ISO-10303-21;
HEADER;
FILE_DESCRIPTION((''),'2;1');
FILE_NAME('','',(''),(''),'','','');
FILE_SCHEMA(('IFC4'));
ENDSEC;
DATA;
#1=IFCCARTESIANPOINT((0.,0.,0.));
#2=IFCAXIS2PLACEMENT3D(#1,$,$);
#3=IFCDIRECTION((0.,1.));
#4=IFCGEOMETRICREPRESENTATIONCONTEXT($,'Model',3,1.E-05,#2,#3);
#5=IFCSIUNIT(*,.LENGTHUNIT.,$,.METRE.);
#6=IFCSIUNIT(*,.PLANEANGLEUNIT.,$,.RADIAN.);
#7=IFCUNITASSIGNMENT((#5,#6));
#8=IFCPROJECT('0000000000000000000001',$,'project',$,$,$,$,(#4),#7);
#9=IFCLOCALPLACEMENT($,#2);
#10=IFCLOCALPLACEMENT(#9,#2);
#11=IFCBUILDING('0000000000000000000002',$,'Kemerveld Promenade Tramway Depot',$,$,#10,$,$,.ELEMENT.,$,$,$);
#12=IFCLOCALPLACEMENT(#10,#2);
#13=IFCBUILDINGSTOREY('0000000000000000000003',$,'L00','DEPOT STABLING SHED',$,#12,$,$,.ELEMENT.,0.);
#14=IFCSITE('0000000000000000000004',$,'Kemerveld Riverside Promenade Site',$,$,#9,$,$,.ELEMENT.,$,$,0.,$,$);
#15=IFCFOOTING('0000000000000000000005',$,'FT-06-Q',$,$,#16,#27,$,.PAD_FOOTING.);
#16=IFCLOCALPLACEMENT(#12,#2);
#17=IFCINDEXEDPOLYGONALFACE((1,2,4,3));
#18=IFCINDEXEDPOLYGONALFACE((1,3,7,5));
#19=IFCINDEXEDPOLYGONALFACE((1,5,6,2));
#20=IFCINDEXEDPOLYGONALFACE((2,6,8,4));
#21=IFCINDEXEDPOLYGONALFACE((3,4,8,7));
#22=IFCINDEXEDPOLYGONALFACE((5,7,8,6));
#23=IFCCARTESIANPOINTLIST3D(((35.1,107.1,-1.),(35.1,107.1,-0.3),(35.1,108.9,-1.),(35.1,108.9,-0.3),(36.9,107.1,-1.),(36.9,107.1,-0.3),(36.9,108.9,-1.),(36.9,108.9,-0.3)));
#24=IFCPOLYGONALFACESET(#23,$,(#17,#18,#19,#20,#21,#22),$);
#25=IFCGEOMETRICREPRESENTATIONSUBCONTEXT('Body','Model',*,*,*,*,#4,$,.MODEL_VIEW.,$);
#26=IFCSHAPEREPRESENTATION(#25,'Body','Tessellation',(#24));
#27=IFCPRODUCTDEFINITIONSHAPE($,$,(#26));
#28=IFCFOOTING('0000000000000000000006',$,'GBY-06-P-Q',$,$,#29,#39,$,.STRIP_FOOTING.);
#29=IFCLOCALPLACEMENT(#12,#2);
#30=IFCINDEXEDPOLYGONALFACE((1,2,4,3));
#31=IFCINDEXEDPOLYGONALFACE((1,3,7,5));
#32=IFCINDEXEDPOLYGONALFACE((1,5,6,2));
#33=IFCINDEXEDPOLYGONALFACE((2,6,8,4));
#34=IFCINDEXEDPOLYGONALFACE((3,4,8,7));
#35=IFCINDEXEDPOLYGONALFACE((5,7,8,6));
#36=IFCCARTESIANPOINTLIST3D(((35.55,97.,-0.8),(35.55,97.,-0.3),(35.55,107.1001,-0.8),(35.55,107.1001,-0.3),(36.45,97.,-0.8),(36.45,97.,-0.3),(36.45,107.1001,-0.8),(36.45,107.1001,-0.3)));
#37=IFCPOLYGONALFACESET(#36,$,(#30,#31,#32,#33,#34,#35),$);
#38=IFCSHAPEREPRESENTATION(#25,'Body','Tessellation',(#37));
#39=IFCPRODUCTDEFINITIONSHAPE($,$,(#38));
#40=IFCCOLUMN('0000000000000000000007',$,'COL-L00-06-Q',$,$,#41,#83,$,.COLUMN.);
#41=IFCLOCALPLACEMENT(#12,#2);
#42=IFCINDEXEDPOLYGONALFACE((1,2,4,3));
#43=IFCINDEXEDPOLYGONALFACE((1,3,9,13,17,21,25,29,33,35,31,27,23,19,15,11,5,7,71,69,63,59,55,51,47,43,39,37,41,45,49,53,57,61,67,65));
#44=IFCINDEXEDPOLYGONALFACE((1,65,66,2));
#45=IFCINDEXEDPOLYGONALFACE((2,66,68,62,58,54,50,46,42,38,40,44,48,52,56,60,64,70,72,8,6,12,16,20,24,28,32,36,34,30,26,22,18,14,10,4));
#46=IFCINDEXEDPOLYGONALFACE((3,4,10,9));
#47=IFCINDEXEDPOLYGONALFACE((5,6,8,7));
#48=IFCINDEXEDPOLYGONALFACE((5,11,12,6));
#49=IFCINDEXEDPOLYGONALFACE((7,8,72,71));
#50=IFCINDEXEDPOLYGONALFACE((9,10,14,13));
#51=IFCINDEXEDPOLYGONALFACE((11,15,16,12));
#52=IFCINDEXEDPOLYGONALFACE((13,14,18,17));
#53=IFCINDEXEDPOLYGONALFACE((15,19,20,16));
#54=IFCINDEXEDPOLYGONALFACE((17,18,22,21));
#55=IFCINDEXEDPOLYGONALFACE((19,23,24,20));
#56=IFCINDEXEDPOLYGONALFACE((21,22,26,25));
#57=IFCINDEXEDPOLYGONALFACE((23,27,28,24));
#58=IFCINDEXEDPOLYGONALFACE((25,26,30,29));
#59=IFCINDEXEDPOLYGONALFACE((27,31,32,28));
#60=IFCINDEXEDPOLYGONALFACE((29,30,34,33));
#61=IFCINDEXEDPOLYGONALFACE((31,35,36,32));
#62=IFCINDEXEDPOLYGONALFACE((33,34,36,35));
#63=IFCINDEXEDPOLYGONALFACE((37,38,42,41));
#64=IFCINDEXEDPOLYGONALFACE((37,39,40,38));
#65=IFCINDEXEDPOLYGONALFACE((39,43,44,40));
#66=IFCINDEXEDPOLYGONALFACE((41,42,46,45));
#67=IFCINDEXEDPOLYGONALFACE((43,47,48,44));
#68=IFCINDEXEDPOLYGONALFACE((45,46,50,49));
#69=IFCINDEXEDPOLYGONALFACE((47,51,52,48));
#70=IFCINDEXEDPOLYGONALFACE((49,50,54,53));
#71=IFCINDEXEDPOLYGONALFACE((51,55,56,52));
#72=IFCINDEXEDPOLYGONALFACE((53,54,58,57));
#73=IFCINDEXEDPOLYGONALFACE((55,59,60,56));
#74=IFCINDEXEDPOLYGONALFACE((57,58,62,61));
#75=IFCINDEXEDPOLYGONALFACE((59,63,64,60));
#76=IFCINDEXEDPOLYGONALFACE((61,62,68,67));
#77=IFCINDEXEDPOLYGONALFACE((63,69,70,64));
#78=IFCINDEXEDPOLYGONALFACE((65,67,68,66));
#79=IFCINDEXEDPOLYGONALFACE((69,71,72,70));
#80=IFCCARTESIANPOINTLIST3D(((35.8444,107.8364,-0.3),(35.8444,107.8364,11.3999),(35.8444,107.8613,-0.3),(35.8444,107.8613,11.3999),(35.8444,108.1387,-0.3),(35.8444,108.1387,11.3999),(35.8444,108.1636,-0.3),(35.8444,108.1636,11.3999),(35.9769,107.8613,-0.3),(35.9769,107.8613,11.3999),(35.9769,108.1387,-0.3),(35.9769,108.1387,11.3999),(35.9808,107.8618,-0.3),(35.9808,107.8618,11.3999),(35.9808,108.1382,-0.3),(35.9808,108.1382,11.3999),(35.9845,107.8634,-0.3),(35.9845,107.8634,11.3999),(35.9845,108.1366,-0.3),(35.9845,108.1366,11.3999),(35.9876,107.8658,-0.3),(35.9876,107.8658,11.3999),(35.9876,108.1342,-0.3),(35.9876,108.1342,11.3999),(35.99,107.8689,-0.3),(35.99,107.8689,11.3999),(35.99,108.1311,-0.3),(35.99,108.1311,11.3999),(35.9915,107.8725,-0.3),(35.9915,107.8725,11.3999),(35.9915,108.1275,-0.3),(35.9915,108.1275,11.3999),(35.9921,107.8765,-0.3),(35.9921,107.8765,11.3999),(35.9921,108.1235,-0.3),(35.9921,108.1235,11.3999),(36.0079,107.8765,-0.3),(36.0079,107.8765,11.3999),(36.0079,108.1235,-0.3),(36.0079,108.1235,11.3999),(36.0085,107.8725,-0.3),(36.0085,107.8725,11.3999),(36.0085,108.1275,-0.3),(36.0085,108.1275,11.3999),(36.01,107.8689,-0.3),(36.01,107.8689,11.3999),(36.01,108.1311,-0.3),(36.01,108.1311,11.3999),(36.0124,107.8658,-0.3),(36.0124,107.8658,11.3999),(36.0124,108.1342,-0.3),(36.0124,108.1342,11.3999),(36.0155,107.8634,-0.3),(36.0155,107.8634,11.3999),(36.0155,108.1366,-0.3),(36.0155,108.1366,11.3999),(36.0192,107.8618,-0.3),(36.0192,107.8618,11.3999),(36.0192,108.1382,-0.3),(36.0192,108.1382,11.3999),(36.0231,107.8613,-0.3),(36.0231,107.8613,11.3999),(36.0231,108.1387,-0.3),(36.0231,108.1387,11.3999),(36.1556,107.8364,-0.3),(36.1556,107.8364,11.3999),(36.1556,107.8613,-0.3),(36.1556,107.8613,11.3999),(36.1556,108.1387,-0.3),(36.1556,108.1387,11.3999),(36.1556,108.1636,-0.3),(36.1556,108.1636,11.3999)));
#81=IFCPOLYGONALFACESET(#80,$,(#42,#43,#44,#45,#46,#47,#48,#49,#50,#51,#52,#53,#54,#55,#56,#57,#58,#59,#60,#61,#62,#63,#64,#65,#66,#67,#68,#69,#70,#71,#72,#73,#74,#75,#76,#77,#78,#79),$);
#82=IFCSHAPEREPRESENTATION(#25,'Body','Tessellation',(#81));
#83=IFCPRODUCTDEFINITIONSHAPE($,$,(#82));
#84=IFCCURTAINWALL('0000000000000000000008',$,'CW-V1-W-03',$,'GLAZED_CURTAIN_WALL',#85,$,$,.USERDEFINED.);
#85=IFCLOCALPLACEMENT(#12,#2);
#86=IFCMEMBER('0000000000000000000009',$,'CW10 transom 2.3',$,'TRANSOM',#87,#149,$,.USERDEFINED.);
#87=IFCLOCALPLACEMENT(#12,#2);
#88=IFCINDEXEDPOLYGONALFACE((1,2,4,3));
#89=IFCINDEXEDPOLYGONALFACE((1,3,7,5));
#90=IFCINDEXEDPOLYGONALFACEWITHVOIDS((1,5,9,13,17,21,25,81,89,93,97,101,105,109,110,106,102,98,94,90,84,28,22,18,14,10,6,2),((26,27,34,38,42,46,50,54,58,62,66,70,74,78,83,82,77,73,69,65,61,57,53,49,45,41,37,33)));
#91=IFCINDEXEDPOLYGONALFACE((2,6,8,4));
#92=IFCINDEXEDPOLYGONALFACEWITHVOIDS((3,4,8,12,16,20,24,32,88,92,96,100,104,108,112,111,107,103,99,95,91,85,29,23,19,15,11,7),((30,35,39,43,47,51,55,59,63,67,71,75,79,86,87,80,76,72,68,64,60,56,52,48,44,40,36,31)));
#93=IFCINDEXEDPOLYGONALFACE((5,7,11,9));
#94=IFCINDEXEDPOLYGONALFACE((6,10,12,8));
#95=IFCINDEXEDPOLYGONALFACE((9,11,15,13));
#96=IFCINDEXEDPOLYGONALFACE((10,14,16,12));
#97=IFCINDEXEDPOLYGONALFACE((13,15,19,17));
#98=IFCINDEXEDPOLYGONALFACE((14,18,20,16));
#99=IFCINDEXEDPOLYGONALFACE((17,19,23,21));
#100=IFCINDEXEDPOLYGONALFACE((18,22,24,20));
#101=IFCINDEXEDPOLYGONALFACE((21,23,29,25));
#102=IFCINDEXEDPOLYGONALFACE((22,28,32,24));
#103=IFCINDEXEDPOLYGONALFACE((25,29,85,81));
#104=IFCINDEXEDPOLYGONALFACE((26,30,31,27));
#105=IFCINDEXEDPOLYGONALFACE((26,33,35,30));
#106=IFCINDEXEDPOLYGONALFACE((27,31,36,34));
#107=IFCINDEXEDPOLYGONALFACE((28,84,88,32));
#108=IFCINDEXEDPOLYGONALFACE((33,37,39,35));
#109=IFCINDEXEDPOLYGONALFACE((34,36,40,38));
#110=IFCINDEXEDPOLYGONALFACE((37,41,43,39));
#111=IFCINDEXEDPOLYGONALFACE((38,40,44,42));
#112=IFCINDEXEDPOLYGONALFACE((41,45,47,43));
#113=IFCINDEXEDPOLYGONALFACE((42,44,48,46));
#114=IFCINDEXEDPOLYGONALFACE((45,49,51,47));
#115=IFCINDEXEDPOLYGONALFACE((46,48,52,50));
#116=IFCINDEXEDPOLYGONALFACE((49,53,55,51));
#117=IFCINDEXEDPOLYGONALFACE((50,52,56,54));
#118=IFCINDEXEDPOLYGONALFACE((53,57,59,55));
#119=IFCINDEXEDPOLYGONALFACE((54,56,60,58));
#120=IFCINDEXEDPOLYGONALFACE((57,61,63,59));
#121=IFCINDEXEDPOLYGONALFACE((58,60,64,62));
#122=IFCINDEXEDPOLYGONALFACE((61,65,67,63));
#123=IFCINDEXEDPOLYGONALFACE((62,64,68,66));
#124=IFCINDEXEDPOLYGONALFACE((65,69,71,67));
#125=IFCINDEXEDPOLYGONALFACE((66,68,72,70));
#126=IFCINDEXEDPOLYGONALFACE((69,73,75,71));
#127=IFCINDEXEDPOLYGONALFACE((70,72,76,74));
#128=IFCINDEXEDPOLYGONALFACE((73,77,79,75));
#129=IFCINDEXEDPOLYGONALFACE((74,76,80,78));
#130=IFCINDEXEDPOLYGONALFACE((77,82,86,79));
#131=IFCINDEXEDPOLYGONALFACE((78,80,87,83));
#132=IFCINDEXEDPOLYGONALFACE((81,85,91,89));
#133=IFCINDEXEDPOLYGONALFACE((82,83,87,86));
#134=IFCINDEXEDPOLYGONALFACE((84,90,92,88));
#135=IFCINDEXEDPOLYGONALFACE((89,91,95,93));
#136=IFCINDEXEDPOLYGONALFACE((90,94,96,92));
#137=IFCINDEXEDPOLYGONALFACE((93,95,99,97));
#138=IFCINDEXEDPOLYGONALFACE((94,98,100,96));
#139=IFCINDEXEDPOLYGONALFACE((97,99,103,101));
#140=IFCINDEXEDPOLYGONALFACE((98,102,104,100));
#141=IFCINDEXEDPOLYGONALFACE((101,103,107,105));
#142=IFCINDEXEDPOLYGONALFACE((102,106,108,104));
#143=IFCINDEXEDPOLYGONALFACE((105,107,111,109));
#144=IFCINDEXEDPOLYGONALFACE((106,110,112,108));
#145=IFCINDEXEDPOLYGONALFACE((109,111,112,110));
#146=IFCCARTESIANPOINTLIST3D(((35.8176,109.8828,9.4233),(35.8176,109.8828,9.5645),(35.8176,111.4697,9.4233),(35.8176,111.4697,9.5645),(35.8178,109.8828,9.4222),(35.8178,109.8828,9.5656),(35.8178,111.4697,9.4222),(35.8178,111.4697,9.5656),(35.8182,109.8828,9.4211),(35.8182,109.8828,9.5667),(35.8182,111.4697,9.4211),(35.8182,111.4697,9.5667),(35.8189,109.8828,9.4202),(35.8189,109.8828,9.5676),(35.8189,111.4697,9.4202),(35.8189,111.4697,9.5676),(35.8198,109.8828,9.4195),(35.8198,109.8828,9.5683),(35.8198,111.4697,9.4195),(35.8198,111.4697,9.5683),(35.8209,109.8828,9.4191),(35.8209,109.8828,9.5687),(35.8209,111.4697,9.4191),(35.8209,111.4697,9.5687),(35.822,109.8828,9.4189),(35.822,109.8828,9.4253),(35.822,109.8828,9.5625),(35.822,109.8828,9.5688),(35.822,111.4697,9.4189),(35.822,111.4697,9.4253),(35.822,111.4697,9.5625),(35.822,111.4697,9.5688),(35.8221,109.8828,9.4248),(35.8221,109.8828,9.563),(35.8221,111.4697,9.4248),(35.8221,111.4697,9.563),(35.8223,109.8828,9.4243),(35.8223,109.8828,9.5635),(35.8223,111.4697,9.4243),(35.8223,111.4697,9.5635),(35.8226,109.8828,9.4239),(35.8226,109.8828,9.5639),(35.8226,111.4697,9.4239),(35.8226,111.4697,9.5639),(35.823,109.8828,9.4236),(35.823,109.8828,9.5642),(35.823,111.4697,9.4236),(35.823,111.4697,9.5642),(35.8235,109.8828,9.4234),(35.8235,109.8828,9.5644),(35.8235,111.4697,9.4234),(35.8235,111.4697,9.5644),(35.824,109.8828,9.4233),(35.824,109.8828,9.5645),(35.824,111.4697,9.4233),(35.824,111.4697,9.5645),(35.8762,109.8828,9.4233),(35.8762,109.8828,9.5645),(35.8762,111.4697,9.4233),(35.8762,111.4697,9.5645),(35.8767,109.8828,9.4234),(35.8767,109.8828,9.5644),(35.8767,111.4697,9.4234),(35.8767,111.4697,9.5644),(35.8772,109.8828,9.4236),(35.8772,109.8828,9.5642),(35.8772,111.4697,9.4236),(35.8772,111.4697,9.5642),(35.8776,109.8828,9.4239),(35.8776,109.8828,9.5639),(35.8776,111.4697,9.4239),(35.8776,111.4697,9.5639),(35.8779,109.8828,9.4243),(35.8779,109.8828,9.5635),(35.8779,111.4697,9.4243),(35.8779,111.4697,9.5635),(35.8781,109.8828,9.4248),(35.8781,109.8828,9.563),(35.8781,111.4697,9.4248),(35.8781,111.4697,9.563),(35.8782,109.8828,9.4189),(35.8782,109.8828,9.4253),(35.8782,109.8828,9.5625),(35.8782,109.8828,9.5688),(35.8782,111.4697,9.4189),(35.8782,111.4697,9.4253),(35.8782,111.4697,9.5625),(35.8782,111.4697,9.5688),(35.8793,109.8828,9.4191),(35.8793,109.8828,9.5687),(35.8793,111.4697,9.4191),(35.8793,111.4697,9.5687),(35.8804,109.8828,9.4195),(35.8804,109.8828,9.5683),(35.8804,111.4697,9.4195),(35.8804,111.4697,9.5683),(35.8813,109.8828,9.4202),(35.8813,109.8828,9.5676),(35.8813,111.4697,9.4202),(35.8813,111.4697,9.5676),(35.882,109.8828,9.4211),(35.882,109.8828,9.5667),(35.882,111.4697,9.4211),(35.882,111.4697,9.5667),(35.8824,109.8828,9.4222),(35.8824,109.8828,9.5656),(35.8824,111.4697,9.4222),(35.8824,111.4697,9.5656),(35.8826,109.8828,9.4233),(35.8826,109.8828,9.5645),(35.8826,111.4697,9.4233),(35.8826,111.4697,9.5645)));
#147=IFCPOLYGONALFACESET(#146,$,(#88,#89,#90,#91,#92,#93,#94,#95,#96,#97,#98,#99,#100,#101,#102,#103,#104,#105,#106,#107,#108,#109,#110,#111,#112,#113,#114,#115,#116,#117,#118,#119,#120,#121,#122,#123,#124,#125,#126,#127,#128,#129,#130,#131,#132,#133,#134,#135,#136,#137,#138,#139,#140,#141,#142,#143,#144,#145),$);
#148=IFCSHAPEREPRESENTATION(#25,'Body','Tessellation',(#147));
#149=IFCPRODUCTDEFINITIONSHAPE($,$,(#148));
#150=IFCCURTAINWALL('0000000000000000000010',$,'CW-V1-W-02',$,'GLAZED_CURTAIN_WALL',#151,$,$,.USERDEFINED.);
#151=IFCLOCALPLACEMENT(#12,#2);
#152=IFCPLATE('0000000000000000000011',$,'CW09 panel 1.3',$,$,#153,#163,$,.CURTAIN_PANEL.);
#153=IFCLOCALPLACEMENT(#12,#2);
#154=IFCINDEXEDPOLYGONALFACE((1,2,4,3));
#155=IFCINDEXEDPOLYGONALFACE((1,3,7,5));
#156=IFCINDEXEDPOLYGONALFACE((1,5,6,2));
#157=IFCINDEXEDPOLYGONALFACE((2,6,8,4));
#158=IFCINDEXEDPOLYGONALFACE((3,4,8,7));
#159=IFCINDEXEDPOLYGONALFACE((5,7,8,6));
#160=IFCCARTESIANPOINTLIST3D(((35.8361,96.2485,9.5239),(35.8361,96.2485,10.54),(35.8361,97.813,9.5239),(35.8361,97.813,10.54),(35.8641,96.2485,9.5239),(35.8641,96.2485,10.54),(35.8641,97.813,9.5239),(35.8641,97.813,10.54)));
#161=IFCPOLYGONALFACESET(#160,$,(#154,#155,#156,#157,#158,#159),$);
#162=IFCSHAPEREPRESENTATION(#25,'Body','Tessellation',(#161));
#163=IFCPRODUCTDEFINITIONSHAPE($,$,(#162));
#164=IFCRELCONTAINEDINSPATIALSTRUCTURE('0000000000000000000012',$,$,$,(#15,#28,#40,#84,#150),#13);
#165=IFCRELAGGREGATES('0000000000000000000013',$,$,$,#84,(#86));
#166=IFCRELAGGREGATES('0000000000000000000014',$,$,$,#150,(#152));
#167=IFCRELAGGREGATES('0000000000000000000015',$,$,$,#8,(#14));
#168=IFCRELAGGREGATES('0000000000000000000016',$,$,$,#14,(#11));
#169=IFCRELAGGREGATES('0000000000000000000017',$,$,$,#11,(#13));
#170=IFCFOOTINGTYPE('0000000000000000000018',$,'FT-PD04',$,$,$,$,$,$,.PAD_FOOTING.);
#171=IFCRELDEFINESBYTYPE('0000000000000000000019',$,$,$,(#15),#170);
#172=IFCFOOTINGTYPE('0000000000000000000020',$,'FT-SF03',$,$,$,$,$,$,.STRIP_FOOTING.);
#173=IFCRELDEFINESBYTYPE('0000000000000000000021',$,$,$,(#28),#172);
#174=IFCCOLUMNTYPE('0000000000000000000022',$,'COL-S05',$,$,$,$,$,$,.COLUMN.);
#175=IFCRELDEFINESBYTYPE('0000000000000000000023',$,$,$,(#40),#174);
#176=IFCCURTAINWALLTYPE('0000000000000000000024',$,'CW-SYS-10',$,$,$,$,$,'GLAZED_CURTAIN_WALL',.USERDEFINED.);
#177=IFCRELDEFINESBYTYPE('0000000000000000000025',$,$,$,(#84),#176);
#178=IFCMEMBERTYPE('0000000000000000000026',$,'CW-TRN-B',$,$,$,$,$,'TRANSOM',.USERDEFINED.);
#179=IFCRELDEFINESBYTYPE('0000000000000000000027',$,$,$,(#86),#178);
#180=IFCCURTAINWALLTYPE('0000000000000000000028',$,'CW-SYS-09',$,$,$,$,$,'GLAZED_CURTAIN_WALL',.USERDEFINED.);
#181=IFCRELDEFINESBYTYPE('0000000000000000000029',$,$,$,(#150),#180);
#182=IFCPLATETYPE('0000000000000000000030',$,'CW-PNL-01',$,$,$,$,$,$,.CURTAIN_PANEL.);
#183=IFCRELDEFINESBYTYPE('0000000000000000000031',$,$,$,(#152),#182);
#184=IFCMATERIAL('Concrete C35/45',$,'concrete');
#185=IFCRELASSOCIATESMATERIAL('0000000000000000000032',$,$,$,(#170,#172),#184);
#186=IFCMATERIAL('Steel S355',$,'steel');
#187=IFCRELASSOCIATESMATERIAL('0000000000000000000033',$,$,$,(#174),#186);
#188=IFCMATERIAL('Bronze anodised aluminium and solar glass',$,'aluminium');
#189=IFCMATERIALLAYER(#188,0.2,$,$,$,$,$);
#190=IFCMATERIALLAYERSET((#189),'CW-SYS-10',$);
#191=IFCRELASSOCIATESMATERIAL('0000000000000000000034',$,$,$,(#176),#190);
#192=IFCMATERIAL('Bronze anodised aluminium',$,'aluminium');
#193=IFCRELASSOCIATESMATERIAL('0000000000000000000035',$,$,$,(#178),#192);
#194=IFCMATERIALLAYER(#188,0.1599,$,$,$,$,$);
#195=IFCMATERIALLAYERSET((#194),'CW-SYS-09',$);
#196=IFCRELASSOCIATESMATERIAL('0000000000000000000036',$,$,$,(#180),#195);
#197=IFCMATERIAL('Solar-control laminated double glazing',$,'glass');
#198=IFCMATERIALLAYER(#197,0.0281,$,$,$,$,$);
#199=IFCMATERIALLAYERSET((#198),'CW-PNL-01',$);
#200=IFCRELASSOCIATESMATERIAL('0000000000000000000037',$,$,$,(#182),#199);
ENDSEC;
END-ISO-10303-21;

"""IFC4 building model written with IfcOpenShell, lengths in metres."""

from ifc_helpers import new_model, si_unit, direction, frame, origin, origin_2d, place, context, subcontext, project, spatial, rectangle, hollow_rectangle, i_section, extrude, material, layer, layer_set, material_profile, profile_set, type_object, element, aggregate, save


model = new_model("IFC4")

# Units and contexts
model_context = context("Model", 3, precision=1e-05, world=origin(), true_north=direction((0.0, 1.0)))
body_context = subcontext(model_context, "Body", "Model", "MODEL_VIEW")
ifc_project = project(units=[si_unit("LENGTHUNIT", "METRE"), si_unit("PLANEANGLEUNIT", "RADIAN")], contexts=[model_context])

# Site, building, storey
site_placement = place(None, origin())
site = spatial("IfcSite", under=ifc_project, at=site_placement, Name="Kemerveld Riverside Promenade Site", CompositionType="ELEMENT", RefElevation=0.0)
building_placement = place(site_placement, origin())
building = spatial("IfcBuilding", under=site, at=building_placement, Name="Kemerveld Promenade Tramway Depot", CompositionType="ELEMENT")
storey_placement = place(building_placement, origin())
storey = spatial("IfcBuildingStorey", under=building, at=storey_placement, Name="L00", Description="DEPOT STABLING SHED", CompositionType="ELEMENT", Elevation=0.0)

# Footings
ifc_material_1 = material(Name="Concrete C35/45", Category="concrete")
footing_type_1 = type_object("IfcFootingType", Name="FT-PD04", PredefinedType="PAD_FOOTING", material=ifc_material_1)
footing_1_placement = place(storey_placement, frame((36.0, 108.0, -1.0), z_axis=(0.0, 0.0, 1.0), x_axis=(1.0, 0.0, 0.0)))
element("IfcFooting", 1, at=footing_1_placement, inside=storey, type_object=footing_type_1, Name="FT-06-Q", PredefinedType="PAD_FOOTING", context=body_context, shape_type="SweptSolid", body=[
    extrude(rectangle(XDim=1.8, YDim=1.8, at=origin_2d()), origin(), (0.0, 0.0, 1.0), 0.7),
])
footing_type_2 = type_object("IfcFootingType", Name="FT-SF03", PredefinedType="STRIP_FOOTING", material=ifc_material_1)
footing_2_placement = place(storey_placement, frame((36.0, 102.05, -0.8), z_axis=(0.0, 0.0, 1.0), x_axis=(0.0, 1.0, 0.0)))
element("IfcFooting", 2, at=footing_2_placement, inside=storey, type_object=footing_type_2, Name="GBY-06-P-Q", PredefinedType="STRIP_FOOTING", context=body_context, shape_type="SweptSolid", body=[
    extrude(rectangle(XDim=10.1001, YDim=0.8999, at=origin_2d()), origin(), (0.0, 0.0, 1.0), 0.5),
])

# Column
ifc_material_2 = material(Name="Steel S355", Category="steel")
ifc_material_profile_1 = material_profile(ifc_material_2, i_section(OverallWidth=0.3113, OverallDepth=0.3271, WebThickness=0.0159, FlangeThickness=0.0249, FilletRadius=0.0151, at=origin_2d()), Name="305x305x158 UC")
ifc_profile_set_1 = profile_set([ifc_material_profile_1], Name="Steel S355")
column_type = type_object("IfcColumnType", Name="COL-S05", PredefinedType="COLUMN", material=ifc_profile_set_1)
column_placement = place(storey_placement, frame((36.0, 108.0, -0.3), z_axis=(0.0, 0.0, 1.0), x_axis=(1.0, 0.0, 0.0)))
element("IfcColumn", 3, at=column_placement, inside=storey, type_object=column_type, Name="COL-L00-06-Q", PredefinedType="COLUMN", context=body_context, shape_type="SweptSolid", body=[
    extrude(i_section(OverallWidth=0.3113, OverallDepth=0.3271, WebThickness=0.0159, FlangeThickness=0.0249, FilletRadius=0.0151, at=origin_2d()), origin(), (0.0, 0.0, 1.0), 11.7),
])

# Curtain wall, member
ifc_material_3 = material(Name="Bronze anodised aluminium and solar glass", Category="aluminium")
ifc_layer_1 = layer(ifc_material_3, 0.2)
ifc_layer_set_1 = layer_set([ifc_layer_1], Name="CW-SYS-10")
curtain_wall_type_1 = type_object("IfcCurtainWallType", Name="CW-SYS-10", ElementType="GLAZED_CURTAIN_WALL", PredefinedType="USERDEFINED", material=ifc_layer_set_1)
curtain_wall_1_placement = place(storey_placement, origin())
curtain_wall_1 = element("IfcCurtainWall", 4, at=curtain_wall_1_placement, inside=storey, type_object=curtain_wall_type_1, Name="CW-V1-W-03", ObjectType="GLAZED_CURTAIN_WALL", PredefinedType="USERDEFINED")
ifc_material_4 = material(Name="Bronze anodised aluminium", Category="aluminium")
ifc_material_profile_2 = material_profile(ifc_material_4, hollow_rectangle(XDim=0.0649, YDim=0.1499, WallThickness=0.0044, InnerFilletRadius=0.002, OuterFilletRadius=0.0044, at=origin_2d()), Name="CW-TRN-150x65")
ifc_profile_set_2 = profile_set([ifc_material_profile_2], Name="Bronze anodised aluminium")
member_type = type_object("IfcMemberType", Name="CW-TRN-B", ElementType="TRANSOM", PredefinedType="USERDEFINED", material=ifc_profile_set_2)
member_placement = place(storey_placement, frame((35.8501, 109.8828, 9.4939), z_axis=(0.0, 1.0, 0.0), x_axis=(-1.0, 0.0, 0.0)))
member = element("IfcMember", 5, at=member_placement, type_object=member_type, Name="CW10 transom 2.3", ObjectType="TRANSOM", PredefinedType="USERDEFINED", context=body_context, shape_type="SweptSolid", body=[
    extrude(hollow_rectangle(XDim=0.0649, YDim=0.1499, WallThickness=0.0044, InnerFilletRadius=0.002, OuterFilletRadius=0.0044, at=origin_2d()), origin(), (0.0, 0.0, 1.0), 1.5869),
])
aggregate(curtain_wall_1, [member])

# Curtain wall, plate
ifc_layer_2 = layer(ifc_material_3, 0.1599)
ifc_layer_set_2 = layer_set([ifc_layer_2], Name="CW-SYS-09")
curtain_wall_type_2 = type_object("IfcCurtainWallType", Name="CW-SYS-09", ElementType="GLAZED_CURTAIN_WALL", PredefinedType="USERDEFINED", material=ifc_layer_set_2)
curtain_wall_2_placement = place(storey_placement, origin())
curtain_wall_2 = element("IfcCurtainWall", 6, at=curtain_wall_2_placement, inside=storey, type_object=curtain_wall_type_2, Name="CW-V1-W-02", ObjectType="GLAZED_CURTAIN_WALL", PredefinedType="USERDEFINED")
ifc_material_5 = material(Name="Solar-control laminated double glazing", Category="glass")
ifc_layer_3 = layer(ifc_material_5, 0.0281)
ifc_layer_set_3 = layer_set([ifc_layer_3], Name="CW-PNL-01")
plate_type = type_object("IfcPlateType", Name="CW-PNL-01", PredefinedType="CURTAIN_PANEL", material=ifc_layer_set_3)
plate_placement = place(storey_placement, frame((35.8501, 97.0308, 9.5239), z_axis=(0.0, 0.0, 1.0), x_axis=(0.0, 1.0, 0.0)))
plate = element("IfcPlate", 7, at=plate_placement, type_object=plate_type, Name="CW09 panel 1.3", PredefinedType="CURTAIN_PANEL", context=body_context, shape_type="SweptSolid", body=[
    extrude(rectangle(XDim=1.5645, YDim=0.0281, at=origin_2d()), origin(), (0.0, 0.0, 1.0), 1.0161),
])
aggregate(curtain_wall_2, [plate])

save(model, "model.ifc")
